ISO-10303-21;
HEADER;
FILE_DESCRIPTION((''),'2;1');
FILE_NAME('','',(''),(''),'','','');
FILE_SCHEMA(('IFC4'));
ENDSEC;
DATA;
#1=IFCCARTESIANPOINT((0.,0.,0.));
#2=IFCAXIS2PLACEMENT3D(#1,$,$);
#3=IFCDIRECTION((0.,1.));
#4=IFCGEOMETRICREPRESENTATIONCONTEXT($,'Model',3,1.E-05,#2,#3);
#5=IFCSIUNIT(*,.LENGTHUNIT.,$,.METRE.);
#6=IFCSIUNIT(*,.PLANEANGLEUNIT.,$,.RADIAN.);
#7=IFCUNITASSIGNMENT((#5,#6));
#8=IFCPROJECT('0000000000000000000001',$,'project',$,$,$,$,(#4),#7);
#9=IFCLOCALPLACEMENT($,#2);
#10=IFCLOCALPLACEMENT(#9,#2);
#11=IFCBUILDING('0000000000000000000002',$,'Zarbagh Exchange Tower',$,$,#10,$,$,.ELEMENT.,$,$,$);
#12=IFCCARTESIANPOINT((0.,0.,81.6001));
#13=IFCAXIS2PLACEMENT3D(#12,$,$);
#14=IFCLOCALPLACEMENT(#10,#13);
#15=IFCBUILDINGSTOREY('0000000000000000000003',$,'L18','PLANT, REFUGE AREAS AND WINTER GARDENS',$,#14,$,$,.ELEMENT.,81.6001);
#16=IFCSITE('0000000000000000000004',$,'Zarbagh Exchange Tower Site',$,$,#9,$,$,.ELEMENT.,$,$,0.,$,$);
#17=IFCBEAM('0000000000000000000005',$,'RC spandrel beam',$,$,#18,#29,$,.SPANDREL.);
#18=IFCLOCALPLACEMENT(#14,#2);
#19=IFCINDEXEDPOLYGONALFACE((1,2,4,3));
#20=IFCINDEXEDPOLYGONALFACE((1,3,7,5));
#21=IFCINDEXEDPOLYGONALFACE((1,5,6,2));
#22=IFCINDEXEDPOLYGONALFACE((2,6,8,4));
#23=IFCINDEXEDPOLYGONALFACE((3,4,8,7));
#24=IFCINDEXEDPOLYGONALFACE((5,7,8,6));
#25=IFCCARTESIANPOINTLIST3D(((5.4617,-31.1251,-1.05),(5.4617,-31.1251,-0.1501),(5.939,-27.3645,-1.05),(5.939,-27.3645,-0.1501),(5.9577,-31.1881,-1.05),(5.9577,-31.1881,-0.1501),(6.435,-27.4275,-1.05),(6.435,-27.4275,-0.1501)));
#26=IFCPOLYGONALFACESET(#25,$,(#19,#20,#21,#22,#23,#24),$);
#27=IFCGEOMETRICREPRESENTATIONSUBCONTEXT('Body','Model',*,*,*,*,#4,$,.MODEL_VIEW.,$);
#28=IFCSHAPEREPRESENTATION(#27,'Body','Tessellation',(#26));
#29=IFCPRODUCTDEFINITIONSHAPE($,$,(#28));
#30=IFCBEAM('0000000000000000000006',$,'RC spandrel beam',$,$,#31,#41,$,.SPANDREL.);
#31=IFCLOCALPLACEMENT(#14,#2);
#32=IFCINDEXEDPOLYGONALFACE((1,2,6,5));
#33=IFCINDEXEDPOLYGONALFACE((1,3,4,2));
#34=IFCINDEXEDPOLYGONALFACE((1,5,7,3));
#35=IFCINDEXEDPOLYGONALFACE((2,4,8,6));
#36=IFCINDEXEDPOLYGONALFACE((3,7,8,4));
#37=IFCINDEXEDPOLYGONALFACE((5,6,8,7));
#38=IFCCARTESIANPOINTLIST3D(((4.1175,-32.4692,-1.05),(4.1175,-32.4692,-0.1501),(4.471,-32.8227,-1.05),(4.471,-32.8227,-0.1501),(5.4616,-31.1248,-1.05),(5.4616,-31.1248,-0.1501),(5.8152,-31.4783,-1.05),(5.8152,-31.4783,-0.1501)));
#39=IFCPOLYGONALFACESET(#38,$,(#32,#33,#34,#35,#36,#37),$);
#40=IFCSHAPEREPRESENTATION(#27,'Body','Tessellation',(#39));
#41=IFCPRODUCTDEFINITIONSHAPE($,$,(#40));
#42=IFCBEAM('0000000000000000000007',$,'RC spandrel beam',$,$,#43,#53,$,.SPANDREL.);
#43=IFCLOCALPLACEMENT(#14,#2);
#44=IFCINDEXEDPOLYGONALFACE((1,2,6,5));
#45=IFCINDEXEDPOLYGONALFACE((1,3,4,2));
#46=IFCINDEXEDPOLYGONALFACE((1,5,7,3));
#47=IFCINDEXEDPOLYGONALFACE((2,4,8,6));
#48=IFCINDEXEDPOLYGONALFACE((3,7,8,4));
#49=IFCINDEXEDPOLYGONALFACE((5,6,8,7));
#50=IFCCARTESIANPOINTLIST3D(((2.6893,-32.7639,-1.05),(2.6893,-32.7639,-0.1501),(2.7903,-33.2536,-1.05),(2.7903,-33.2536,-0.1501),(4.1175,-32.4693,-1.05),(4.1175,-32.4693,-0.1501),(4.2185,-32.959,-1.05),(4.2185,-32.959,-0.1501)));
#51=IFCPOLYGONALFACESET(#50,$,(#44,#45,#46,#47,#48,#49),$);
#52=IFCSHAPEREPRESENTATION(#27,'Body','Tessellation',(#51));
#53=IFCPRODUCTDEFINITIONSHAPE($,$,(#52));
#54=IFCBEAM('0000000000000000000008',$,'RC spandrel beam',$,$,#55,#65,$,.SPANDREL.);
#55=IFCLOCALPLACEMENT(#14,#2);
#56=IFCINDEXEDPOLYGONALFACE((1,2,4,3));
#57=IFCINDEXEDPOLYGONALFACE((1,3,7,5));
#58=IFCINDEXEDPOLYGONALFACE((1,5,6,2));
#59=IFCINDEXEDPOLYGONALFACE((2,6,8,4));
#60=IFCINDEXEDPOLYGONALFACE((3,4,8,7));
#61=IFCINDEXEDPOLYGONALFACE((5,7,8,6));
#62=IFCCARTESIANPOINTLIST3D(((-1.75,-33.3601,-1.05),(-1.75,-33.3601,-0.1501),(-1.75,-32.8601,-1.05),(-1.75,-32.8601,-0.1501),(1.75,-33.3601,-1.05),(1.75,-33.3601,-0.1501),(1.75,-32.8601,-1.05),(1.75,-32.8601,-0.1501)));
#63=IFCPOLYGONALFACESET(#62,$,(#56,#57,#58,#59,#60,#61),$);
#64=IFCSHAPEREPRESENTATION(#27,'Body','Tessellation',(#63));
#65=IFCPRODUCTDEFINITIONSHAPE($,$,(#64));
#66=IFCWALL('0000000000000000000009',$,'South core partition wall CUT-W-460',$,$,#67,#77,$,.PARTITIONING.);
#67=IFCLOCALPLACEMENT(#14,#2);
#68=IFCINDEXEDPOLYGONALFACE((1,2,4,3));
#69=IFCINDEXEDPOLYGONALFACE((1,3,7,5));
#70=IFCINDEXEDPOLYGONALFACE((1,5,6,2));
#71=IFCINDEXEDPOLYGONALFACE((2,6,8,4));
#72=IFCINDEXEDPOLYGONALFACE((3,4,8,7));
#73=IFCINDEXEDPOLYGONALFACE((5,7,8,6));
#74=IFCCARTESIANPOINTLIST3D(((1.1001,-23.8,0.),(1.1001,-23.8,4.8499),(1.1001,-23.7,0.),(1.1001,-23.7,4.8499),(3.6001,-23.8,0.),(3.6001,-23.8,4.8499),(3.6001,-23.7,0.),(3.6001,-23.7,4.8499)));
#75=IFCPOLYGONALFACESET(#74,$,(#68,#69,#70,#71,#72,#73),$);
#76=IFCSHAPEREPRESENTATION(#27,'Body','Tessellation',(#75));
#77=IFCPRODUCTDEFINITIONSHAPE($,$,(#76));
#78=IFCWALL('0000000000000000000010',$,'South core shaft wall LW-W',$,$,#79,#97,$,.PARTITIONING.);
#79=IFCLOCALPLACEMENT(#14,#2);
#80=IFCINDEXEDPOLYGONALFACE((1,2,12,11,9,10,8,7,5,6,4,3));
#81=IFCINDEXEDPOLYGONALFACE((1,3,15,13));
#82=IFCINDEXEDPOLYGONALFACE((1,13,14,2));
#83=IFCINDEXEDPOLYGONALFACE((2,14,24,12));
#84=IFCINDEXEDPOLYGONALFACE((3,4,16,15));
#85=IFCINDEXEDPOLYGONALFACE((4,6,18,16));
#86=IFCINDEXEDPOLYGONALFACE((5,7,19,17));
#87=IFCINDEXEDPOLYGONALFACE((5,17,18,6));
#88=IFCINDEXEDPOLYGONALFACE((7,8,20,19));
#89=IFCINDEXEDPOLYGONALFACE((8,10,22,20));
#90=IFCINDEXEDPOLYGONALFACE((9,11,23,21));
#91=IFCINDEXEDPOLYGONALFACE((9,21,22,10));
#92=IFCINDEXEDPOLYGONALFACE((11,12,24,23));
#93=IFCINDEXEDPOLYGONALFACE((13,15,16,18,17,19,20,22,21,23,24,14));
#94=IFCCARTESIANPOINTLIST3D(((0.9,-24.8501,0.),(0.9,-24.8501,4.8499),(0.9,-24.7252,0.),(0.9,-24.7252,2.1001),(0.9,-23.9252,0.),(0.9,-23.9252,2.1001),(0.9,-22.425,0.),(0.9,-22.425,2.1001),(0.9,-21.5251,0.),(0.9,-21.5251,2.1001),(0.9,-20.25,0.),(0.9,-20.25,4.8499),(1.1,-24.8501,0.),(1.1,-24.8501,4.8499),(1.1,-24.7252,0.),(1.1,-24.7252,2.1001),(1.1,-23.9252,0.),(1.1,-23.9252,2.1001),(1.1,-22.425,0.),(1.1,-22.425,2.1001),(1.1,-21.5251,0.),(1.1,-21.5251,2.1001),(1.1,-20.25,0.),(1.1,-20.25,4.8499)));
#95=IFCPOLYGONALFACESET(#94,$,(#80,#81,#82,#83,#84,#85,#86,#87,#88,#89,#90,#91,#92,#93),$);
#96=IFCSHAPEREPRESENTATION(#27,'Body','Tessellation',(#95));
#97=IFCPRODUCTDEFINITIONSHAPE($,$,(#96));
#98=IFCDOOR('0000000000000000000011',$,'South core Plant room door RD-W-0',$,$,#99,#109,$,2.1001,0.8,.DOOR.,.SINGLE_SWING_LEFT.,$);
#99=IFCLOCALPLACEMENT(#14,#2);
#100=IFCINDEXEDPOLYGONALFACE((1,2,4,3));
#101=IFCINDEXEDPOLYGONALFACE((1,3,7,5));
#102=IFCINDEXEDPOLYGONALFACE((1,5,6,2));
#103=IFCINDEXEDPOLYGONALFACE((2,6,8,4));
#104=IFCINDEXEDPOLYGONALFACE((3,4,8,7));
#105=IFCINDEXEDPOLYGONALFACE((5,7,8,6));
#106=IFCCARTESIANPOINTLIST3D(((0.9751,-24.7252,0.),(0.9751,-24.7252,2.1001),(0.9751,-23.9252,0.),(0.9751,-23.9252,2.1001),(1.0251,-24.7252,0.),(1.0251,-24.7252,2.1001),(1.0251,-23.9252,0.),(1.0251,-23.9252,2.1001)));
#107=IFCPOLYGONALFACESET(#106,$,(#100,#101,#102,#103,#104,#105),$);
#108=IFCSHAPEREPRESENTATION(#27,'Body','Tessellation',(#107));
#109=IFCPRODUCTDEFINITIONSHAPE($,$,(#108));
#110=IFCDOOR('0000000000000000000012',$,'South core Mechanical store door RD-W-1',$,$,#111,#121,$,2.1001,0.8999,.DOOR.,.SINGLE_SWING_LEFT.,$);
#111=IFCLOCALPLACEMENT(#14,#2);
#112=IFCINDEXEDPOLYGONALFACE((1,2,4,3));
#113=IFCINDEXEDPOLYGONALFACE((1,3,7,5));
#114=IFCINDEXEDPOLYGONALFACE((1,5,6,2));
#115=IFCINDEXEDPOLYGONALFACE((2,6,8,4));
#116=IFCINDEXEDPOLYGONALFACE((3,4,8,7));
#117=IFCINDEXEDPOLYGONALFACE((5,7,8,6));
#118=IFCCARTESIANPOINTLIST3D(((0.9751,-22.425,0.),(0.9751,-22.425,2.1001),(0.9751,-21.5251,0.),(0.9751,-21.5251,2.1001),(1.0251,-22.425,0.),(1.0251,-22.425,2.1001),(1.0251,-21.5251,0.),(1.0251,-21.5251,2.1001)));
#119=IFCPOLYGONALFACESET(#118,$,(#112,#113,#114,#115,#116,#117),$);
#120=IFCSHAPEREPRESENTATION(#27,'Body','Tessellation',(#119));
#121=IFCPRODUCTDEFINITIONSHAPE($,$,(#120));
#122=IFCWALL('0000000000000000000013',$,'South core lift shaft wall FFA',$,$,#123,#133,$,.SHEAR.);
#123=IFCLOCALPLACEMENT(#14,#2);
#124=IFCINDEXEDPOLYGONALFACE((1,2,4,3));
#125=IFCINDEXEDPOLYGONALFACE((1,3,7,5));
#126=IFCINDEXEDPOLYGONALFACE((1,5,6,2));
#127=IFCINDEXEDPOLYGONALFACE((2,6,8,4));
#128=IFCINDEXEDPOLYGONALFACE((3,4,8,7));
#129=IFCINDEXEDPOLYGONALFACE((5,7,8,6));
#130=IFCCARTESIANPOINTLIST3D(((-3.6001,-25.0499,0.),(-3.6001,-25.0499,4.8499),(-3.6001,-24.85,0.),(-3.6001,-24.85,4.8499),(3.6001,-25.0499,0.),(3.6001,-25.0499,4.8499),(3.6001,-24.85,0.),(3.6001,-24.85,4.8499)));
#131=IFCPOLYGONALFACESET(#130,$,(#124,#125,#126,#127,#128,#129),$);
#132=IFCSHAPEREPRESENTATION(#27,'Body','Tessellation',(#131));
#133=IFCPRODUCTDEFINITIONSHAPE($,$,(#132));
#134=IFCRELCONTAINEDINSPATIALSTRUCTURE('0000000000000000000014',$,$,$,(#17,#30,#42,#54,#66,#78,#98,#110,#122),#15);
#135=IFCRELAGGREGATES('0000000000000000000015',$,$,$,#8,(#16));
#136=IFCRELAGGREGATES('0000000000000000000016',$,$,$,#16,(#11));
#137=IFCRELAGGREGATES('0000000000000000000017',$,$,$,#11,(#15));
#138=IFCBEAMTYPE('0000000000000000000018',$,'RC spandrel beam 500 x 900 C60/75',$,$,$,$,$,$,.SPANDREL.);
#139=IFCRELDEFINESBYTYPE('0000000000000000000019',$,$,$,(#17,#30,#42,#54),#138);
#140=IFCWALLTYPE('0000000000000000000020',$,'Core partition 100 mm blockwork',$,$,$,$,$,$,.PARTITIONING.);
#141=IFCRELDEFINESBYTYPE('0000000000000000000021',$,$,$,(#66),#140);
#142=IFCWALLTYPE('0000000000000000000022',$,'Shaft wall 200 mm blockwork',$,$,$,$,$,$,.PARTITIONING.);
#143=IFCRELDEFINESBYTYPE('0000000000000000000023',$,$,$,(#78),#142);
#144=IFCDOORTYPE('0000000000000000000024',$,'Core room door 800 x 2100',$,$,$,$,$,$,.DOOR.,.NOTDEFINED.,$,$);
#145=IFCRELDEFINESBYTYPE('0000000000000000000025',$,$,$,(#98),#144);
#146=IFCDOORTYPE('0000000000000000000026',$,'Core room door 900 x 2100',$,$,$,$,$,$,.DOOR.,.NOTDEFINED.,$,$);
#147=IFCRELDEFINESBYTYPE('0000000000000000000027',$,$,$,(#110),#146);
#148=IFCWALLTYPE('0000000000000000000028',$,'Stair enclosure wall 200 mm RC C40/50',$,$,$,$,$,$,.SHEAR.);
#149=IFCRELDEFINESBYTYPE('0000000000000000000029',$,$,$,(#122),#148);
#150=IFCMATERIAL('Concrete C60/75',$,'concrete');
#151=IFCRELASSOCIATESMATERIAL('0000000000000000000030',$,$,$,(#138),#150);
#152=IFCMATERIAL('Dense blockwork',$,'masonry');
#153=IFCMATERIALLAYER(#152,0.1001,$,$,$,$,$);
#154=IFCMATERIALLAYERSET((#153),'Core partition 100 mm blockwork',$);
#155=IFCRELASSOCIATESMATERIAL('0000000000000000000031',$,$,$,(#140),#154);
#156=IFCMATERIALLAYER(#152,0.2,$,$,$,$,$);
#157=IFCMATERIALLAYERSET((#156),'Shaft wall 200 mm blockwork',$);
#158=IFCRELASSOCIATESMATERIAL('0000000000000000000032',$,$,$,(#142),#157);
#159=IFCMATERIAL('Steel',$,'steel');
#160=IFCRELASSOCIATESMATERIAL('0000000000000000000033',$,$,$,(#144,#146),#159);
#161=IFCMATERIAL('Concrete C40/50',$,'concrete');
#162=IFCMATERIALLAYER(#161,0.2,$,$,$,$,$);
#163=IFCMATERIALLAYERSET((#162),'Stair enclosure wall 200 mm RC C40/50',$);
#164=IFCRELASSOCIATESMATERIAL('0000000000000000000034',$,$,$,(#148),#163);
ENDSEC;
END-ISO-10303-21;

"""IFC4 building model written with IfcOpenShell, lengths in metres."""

from ifc_helpers import new_model, si_unit, direction, frame, frame_2d, origin, origin_2d, place, context, subcontext, project, spatial, rectangle, extrude, material, layer, layer_set, material_profile, profile_set, type_object, element, fill, save


model = new_model("IFC4")

# Units and contexts
model_context = context("Model", 3, precision=1e-05, world=origin(), true_north=direction((0.0, 1.0)))
body_context = subcontext(model_context, "Body", "Model", "MODEL_VIEW")
ifc_project = project(units=[si_unit("LENGTHUNIT", "METRE"), si_unit("PLANEANGLEUNIT", "RADIAN")], contexts=[model_context])

# Site, building, storey
site_placement = place(None, origin())
site = spatial("IfcSite", under=ifc_project, at=site_placement, Name="Zarbagh Exchange Tower Site", CompositionType="ELEMENT", RefElevation=0.0)
building_placement = place(site_placement, origin())
building = spatial("IfcBuilding", under=site, at=building_placement, Name="Zarbagh Exchange Tower", CompositionType="ELEMENT")
storey_placement = place(building_placement, frame((0.0, 0.0, 81.6001)))
storey = spatial("IfcBuildingStorey", under=building, at=storey_placement, Name="L18", Description="PLANT, REFUGE AREAS AND WINTER GARDENS", CompositionType="ELEMENT", Elevation=81.6001)

# Shared definitions
ifc_material_1 = material(Name="Concrete C60/75", Category="concrete")

# Beams
ifc_material_profile_1 = material_profile(ifc_material_1, rectangle(XDim=0.5, YDim=0.8999, at=origin_2d()), Name="RC spandrel beam 500 x 900 C60/75")
ifc_profile_set_1 = profile_set([ifc_material_profile_1], Name="Concrete C60/75")
beam_type = type_object("IfcBeamType", Name="RC spandrel beam 500 x 900 C60/75", PredefinedType="SPANDREL", material=ifc_profile_set_1)
beam_1_placement = place(storey_placement, frame((6.187, -27.396, -0.6001), z_axis=(-0.125913, -0.992041, 0.0), x_axis=(0.992041, -0.125913, 0.0)))
element("IfcBeam", 1, at=beam_1_placement, inside=storey, type_object=beam_type, Name="RC spandrel beam", PredefinedType="SPANDREL", context=body_context, shape_type="SweptSolid", body=[
    extrude(rectangle(XDim=0.5, YDim=0.8999, at=origin_2d()), origin(), (0.0, 0.0, 1.0), 3.7908),
])
beam_2_placement = place(storey_placement, frame((5.6384, -31.3015, -0.6001), z_axis=(-0.707043, -0.707171, 0.0), x_axis=(0.707171, -0.707043, 0.0)))
element("IfcBeam", 2, at=beam_2_placement, inside=storey, type_object=beam_type, Name="RC spandrel beam", PredefinedType="SPANDREL", context=body_context, shape_type="SweptSolid", body=[
    extrude(rectangle(XDim=0.5, YDim=0.8999, at=origin_2d()), origin(), (0.0, 0.0, 1.0), 1.9011),
])
beam_3_placement = place(storey_placement, frame((4.168, -32.7141, -0.6001), z_axis=(-0.979371, -0.202069, 0.0), x_axis=(0.202069, -0.979371, 0.0)))
element("IfcBeam", 3, at=beam_3_placement, inside=storey, type_object=beam_type, Name="RC spandrel beam", PredefinedType="SPANDREL", context=body_context, shape_type="SweptSolid", body=[
    extrude(rectangle(XDim=0.5, YDim=0.8999, at=origin_2d()), origin(), (0.0, 0.0, 1.0), 1.4583),
])
beam_4_placement = place(storey_placement, frame((1.75, -33.1101, -0.6001), z_axis=(-1.0, 0.0, 0.0), x_axis=(0.0, -1.0, 0.0)))
element("IfcBeam", 4, at=beam_4_placement, inside=storey, type_object=beam_type, Name="RC spandrel beam", PredefinedType="SPANDREL", context=body_context, shape_type="SweptSolid", body=[
    extrude(rectangle(XDim=0.5, YDim=0.8999, at=origin_2d()), origin(), (0.0, 0.0, 1.0), 3.5),
])

# Wall
ifc_material_2 = material(Name="Dense blockwork", Category="masonry")
ifc_layer_1 = layer(ifc_material_2, 0.1001)
ifc_layer_set_1 = layer_set([ifc_layer_1], Name="Core partition 100 mm blockwork")
wall_type_1 = type_object("IfcWallType", Name="Core partition 100 mm blockwork", PredefinedType="PARTITIONING", material=ifc_layer_set_1)
wall_1_placement = place(storey_placement, frame((3.6001, -23.75, 0.0), z_axis=(0.0, 0.0, 1.0), x_axis=(-1.0, 0.0, 0.0)))
element("IfcWall", 5, at=wall_1_placement, inside=storey, type_object=wall_type_1, Name="South core partition wall CUT-W-460", PredefinedType="PARTITIONING", context=body_context, shape_type="SweptSolid", body=[
    extrude(rectangle(XDim=2.5, YDim=0.1001, at=frame_2d((1.25, 0.0))), origin(), (0.0, 0.0, 1.0), 4.8499),
])

# Wall, openings, doors
ifc_layer_2 = layer(ifc_material_2, 0.2)
ifc_layer_set_2 = layer_set([ifc_layer_2], Name="Shaft wall 200 mm blockwork")
wall_type_2 = type_object("IfcWallType", Name="Shaft wall 200 mm blockwork", PredefinedType="PARTITIONING", material=ifc_layer_set_2)
wall_2_placement = place(storey_placement, frame((1.0, -24.8501, 0.0), z_axis=(0.0, 0.0, 1.0), x_axis=(0.0, 1.0, 0.0)))
wall_2 = element("IfcWall", 6, at=wall_2_placement, inside=storey, type_object=wall_type_2, Name="South core shaft wall LW-W", PredefinedType="PARTITIONING", context=body_context, shape_type="SweptSolid", body=[
    extrude(rectangle(XDim=4.6001, YDim=0.2, at=frame_2d((2.3, 0.0))), origin(), (0.0, 0.0, 1.0), 4.8499),
])
opening_1_placement = place(wall_2_placement, frame((0.125, 0.0, 0.0)))
opening_1 = element("IfcOpeningElement", 7, at=opening_1_placement, cuts=wall_2, PredefinedType="OPENING", context=body_context, shape_type="SweptSolid", body=[
    extrude(rectangle(XDim=0.8, YDim=2.1001, at=frame_2d((0.3999, 1.05))), frame((0.0, 0.1099, 0.0), z_axis=(0.0, -1.0, 0.0), x_axis=(1.0, 0.0, 0.0)), (0.0, 0.0, 1.0), 0.22),
])
opening_2_placement = place(wall_2_placement, frame((2.425, 0.0, 0.0)))
opening_2 = element("IfcOpeningElement", 8, at=opening_2_placement, cuts=wall_2, PredefinedType="OPENING", context=body_context, shape_type="SweptSolid", body=[
    extrude(rectangle(XDim=0.8999, YDim=2.1001, at=frame_2d((0.45, 1.05))), frame((0.0, 0.1099, 0.0), z_axis=(0.0, -1.0, 0.0), x_axis=(1.0, 0.0, 0.0)), (0.0, 0.0, 1.0), 0.22),
])
ifc_material_3 = material(Name="Steel", Category="steel")
door_type_1 = type_object("IfcDoorType", Name="Core room door 800 x 2100", OperationType="NOTDEFINED", PredefinedType="DOOR", material=ifc_material_3)
door_1_placement = place(opening_1_placement, origin())
door_1 = element("IfcDoor", 9, at=door_1_placement, inside=storey, type_object=door_type_1, Name="South core Plant room door RD-W-0", OperationType="SINGLE_SWING_LEFT", OverallHeight=2.1001, OverallWidth=0.8, PredefinedType="DOOR", context=body_context, shape_type="SweptSolid", body=[
    extrude(rectangle(XDim=0.8, YDim=2.1001, at=frame_2d((0.3999, 1.05))), frame((0.0, 0.0249, 0.0), z_axis=(0.0, -1.0, 0.0), x_axis=(1.0, 0.0, 0.0)), (0.0, 0.0, 1.0), 0.05),
])
fill(opening_1, door_1)
door_type_2 = type_object("IfcDoorType", Name="Core room door 900 x 2100", OperationType="NOTDEFINED", PredefinedType="DOOR", material=ifc_material_3)
door_2_placement = place(opening_2_placement, origin())
door_2 = element("IfcDoor", 10, at=door_2_placement, inside=storey, type_object=door_type_2, Name="South core Mechanical store door RD-W-1", OperationType="SINGLE_SWING_LEFT", OverallHeight=2.1001, OverallWidth=0.8999, PredefinedType="DOOR", context=body_context, shape_type="SweptSolid", body=[
    extrude(rectangle(XDim=0.8999, YDim=2.1001, at=frame_2d((0.45, 1.05))), frame((0.0, 0.0249, 0.0), z_axis=(0.0, -1.0, 0.0), x_axis=(1.0, 0.0, 0.0)), (0.0, 0.0, 1.0), 0.05),
])
fill(opening_2, door_2)

# Wall
ifc_material_4 = material(Name="Concrete C40/50", Category="concrete")
ifc_layer_3 = layer(ifc_material_4, 0.2)
ifc_layer_set_3 = layer_set([ifc_layer_3], Name="Stair enclosure wall 200 mm RC C40/50")
wall_type_3 = type_object("IfcWallType", Name="Stair enclosure wall 200 mm RC C40/50", PredefinedType="SHEAR", material=ifc_layer_set_3)
wall_3_placement = place(storey_placement, frame((3.6001, -24.95, 0.0), z_axis=(0.0, 0.0, 1.0), x_axis=(-1.0, 0.0, 0.0)))
element("IfcWall", 11, at=wall_3_placement, inside=storey, type_object=wall_type_3, Name="South core lift shaft wall FFA", PredefinedType="SHEAR", context=body_context, shape_type="SweptSolid", body=[
    extrude(rectangle(XDim=7.2002, YDim=0.2, at=frame_2d((3.6001, 0.0))), origin(), (0.0, 0.0, 1.0), 4.8499),
])

save(model, "model.ifc")
